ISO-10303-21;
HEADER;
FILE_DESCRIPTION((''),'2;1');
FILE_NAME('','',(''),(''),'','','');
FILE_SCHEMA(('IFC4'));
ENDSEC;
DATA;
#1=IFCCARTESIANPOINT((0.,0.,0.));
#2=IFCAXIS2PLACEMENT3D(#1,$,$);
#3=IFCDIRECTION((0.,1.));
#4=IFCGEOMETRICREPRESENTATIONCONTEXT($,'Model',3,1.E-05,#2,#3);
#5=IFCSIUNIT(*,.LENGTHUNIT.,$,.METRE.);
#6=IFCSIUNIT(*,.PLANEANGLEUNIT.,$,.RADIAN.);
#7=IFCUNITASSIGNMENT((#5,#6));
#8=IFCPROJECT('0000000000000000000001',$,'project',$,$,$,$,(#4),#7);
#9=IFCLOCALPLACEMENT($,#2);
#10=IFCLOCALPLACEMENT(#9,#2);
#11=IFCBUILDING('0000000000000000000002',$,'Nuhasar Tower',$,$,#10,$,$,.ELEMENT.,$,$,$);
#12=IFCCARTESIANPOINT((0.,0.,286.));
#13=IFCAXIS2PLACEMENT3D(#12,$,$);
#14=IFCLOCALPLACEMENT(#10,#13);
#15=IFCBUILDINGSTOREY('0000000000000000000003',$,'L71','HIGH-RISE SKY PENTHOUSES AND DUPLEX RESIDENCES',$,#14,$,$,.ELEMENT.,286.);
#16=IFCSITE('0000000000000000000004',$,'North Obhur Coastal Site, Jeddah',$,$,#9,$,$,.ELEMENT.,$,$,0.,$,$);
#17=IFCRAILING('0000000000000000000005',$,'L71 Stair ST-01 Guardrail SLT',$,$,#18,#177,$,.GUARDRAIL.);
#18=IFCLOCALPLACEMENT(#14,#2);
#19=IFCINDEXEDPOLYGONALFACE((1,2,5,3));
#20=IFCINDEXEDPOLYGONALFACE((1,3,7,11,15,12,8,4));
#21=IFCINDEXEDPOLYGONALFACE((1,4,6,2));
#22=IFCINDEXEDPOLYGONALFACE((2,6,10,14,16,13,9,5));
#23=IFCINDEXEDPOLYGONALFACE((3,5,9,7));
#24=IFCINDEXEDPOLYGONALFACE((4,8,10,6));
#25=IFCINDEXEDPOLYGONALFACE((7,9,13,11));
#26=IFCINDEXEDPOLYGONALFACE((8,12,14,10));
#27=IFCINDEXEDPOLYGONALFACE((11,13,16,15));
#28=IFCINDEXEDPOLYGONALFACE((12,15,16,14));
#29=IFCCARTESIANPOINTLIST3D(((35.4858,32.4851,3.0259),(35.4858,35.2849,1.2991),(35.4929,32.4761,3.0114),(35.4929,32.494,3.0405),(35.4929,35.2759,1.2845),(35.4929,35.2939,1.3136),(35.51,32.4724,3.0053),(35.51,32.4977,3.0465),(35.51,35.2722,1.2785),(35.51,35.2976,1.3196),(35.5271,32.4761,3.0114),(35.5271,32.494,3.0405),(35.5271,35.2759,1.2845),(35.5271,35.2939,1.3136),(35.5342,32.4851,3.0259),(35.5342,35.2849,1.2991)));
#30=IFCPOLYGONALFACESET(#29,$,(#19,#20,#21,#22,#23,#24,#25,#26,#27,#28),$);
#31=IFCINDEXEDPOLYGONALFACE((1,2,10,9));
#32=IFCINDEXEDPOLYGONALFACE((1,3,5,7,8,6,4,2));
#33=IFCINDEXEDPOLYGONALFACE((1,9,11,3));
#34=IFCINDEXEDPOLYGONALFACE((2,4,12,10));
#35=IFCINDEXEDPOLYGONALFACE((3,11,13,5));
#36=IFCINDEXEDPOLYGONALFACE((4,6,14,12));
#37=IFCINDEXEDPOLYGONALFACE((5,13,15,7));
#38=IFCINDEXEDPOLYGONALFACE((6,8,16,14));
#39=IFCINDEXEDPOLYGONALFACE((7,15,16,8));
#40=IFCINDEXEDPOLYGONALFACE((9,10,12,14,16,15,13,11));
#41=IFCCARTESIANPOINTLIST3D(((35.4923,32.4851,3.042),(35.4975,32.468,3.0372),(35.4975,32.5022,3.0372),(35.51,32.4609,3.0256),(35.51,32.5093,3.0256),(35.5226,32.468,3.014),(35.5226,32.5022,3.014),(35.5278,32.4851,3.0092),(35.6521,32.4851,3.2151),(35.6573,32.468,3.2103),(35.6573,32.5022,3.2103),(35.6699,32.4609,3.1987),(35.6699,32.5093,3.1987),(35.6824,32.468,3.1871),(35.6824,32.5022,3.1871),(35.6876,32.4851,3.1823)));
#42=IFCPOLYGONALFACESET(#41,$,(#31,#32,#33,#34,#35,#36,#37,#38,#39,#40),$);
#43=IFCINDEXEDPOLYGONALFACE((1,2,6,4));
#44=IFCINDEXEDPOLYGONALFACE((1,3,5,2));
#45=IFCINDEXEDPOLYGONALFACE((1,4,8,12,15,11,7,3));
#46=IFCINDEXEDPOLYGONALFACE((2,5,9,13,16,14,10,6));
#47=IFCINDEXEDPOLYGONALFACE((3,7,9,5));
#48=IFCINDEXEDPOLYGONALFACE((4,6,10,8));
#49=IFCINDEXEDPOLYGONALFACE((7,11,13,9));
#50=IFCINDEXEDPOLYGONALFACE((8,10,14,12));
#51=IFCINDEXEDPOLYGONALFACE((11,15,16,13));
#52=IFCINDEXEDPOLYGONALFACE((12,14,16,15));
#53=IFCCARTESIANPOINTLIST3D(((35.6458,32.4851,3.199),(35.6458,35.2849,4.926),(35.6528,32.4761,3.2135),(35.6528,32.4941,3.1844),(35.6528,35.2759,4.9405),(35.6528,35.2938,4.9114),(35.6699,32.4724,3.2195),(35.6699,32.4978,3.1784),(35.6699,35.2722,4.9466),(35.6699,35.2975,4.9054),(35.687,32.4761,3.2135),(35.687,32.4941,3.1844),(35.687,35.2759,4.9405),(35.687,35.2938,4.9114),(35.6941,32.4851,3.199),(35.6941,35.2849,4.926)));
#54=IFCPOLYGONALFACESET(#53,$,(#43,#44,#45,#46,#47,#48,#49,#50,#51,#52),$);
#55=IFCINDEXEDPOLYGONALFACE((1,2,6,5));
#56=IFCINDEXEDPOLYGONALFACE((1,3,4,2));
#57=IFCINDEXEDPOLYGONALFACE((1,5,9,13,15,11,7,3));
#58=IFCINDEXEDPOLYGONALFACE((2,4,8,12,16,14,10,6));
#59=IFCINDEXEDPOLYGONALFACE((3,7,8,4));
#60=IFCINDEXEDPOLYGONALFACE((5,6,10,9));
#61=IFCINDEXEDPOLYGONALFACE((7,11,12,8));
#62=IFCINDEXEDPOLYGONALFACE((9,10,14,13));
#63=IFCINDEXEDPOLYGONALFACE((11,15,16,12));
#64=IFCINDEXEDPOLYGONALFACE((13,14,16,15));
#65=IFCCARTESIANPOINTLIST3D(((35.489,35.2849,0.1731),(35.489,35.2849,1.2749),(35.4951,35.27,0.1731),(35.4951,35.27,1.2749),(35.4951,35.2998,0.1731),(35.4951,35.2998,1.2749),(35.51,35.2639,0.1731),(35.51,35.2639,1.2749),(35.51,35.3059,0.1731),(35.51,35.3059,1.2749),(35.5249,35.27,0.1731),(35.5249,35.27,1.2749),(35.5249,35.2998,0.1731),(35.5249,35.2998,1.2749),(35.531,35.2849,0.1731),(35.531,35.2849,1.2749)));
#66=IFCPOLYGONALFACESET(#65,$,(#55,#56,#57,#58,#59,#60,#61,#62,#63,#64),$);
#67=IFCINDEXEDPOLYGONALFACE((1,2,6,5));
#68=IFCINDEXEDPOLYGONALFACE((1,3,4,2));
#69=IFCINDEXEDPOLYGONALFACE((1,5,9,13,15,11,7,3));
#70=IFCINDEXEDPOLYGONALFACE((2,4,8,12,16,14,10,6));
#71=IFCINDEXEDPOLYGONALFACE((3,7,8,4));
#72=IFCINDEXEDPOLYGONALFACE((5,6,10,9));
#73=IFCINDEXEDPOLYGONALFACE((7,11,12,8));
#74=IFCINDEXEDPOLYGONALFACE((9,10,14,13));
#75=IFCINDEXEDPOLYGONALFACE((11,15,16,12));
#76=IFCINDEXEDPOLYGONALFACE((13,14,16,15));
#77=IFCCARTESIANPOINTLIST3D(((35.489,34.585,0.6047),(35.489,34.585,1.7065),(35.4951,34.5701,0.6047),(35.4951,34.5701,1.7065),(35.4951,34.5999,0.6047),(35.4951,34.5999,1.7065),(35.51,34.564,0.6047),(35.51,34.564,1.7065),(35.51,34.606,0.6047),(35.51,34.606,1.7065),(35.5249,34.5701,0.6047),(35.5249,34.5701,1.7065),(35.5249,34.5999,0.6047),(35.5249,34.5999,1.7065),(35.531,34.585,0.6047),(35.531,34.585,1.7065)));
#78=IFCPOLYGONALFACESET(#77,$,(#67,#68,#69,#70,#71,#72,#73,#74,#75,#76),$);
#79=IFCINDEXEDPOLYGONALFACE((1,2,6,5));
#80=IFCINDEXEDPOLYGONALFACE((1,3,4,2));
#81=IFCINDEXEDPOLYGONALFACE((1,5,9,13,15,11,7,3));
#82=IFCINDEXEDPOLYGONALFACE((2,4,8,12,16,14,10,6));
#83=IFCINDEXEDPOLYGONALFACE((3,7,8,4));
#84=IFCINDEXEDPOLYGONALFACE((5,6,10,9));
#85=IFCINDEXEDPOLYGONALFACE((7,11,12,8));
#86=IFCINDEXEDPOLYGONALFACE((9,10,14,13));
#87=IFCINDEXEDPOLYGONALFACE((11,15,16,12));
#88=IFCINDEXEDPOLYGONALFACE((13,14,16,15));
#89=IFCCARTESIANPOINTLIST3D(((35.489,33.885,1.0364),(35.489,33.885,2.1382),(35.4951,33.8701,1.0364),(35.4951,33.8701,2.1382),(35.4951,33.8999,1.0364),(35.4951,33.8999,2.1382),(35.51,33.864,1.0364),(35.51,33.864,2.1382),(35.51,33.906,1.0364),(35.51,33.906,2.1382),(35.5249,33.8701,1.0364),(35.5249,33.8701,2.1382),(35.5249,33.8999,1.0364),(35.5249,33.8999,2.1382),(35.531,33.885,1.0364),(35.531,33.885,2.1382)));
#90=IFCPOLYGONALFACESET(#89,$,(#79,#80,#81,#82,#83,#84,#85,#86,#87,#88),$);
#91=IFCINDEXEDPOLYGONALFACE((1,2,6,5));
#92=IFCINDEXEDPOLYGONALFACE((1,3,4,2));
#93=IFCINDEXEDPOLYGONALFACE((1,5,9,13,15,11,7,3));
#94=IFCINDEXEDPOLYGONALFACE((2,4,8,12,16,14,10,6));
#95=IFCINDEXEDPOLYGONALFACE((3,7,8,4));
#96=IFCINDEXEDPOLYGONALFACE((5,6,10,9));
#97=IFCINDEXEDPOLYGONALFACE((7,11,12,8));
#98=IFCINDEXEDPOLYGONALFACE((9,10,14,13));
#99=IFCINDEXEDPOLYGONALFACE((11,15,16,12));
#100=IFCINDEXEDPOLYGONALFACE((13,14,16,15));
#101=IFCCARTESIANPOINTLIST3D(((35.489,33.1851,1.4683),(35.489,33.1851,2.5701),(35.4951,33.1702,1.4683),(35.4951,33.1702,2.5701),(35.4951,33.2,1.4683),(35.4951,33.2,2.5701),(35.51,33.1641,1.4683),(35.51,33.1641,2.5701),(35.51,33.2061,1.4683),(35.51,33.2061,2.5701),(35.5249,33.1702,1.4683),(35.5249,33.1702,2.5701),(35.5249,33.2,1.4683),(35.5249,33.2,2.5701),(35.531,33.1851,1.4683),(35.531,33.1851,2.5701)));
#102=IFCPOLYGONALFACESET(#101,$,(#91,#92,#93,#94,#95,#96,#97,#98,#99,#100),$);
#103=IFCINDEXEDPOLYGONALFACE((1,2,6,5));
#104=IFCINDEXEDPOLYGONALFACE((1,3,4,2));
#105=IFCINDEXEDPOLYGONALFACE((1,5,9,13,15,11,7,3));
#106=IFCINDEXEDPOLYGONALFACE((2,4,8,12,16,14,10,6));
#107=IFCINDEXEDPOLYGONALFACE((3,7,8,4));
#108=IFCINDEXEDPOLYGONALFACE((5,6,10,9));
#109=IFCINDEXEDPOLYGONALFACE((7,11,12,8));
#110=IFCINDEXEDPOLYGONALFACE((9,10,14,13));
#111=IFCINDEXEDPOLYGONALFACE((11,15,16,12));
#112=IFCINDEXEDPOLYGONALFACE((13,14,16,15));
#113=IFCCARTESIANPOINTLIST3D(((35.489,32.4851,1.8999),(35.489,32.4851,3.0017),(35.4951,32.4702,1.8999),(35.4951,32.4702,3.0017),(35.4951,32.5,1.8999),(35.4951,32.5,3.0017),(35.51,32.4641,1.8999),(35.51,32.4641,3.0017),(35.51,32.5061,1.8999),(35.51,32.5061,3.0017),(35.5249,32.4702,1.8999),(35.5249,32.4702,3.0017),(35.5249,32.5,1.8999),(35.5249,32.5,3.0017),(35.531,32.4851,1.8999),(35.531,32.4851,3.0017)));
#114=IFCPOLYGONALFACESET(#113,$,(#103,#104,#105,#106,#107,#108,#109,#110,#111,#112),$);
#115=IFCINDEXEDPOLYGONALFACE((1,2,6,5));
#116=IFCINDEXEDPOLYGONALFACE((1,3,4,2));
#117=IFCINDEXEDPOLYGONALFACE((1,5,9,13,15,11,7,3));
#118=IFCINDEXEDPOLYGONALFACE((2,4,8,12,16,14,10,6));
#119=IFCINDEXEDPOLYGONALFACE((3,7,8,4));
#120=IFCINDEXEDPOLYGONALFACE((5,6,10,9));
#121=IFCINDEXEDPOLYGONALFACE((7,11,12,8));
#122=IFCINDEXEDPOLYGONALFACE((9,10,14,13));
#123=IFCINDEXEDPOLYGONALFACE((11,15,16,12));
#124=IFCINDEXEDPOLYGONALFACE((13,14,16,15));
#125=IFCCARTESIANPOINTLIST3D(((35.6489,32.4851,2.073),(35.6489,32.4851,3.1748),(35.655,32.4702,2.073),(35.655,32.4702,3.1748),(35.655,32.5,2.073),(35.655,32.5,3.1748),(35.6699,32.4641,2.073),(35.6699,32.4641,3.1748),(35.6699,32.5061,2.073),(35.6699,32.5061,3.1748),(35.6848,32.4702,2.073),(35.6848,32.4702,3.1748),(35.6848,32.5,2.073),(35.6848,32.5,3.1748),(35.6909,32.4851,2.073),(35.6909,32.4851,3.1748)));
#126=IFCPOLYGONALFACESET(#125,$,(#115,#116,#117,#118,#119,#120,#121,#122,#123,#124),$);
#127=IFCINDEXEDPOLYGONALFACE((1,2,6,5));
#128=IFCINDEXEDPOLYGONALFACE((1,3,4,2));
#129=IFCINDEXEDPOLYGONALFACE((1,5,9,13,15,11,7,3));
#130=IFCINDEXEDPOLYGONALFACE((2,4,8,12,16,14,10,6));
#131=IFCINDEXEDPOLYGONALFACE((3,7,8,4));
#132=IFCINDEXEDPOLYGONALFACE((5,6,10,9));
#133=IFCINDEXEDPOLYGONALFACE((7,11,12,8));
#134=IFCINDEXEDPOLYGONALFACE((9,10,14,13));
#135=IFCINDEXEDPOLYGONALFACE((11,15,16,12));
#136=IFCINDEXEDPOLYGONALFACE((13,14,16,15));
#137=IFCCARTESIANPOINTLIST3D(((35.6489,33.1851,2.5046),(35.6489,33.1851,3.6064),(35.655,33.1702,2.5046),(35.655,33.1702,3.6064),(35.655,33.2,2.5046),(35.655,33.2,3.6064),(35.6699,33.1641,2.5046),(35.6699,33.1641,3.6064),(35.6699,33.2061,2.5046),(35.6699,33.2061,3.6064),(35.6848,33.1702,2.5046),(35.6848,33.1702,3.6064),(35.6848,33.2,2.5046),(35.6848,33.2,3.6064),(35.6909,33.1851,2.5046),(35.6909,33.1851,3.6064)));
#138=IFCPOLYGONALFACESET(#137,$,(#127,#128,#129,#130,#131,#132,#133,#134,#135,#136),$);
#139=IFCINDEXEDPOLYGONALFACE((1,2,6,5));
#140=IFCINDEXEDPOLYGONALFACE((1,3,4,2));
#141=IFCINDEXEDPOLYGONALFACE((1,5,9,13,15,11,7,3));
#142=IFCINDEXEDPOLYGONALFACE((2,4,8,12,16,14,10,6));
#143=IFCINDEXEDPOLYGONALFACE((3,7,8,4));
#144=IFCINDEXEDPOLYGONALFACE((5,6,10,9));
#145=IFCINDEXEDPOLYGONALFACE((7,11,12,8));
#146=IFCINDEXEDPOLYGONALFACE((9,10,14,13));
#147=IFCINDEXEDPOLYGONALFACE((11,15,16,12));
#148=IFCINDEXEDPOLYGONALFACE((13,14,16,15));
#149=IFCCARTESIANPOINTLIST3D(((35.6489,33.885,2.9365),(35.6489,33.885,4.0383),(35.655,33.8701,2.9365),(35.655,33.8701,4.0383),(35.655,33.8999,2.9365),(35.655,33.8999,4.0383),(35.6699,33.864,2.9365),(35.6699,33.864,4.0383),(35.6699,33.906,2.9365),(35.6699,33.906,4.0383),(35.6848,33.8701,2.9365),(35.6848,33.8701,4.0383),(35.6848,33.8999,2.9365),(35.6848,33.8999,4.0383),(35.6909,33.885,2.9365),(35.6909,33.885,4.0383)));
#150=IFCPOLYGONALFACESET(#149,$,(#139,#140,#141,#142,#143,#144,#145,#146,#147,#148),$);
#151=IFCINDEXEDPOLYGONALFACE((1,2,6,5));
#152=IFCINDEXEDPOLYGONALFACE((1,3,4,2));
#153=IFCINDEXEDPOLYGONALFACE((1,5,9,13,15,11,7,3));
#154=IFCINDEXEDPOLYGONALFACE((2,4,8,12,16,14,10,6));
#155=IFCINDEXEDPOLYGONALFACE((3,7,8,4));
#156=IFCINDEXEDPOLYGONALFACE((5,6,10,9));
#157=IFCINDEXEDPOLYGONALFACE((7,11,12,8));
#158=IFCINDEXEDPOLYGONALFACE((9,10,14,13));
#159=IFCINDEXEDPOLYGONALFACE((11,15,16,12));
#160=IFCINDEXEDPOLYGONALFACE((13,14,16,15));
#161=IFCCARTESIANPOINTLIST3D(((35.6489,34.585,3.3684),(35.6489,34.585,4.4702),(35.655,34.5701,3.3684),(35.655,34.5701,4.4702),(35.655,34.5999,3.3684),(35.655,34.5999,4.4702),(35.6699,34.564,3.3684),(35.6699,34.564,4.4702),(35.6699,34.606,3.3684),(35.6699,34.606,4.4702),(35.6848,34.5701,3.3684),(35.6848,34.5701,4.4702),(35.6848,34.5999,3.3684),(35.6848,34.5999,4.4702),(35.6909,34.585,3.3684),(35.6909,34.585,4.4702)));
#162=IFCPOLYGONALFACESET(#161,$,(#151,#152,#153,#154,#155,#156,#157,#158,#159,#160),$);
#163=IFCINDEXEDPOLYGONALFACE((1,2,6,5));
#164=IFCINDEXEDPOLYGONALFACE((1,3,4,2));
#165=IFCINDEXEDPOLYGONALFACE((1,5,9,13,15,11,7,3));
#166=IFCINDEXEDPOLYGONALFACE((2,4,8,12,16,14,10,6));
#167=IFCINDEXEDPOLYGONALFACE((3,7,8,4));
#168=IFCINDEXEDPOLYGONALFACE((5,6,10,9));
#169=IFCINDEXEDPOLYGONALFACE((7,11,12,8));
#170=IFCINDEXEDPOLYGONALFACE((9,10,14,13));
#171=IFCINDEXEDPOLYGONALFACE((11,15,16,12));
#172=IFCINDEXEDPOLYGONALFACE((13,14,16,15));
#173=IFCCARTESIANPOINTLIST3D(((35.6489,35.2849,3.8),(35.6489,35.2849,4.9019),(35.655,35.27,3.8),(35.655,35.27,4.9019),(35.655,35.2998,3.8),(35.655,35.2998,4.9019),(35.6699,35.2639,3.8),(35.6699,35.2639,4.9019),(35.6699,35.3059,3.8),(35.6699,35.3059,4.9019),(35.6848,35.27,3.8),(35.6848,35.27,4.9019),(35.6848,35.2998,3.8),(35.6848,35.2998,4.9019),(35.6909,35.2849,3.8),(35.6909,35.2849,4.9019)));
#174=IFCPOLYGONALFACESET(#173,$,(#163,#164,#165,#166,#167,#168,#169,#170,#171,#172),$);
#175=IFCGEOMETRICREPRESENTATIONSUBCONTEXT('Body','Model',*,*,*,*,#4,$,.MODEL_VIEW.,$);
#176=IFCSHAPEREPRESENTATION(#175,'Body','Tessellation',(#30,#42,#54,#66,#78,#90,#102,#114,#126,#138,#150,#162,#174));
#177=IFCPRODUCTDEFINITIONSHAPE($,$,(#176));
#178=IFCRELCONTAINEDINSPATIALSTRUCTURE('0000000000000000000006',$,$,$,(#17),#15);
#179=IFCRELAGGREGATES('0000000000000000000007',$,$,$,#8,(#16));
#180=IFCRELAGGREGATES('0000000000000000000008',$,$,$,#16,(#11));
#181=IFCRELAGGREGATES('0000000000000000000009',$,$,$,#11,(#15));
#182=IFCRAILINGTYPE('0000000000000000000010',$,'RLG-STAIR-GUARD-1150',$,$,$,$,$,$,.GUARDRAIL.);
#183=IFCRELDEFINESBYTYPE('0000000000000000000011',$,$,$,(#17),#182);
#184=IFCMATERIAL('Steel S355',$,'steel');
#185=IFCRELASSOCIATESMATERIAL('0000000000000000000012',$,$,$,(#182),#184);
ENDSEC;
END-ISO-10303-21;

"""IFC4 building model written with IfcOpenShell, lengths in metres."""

from ifc_helpers import new_model, si_unit, direction, frame, origin, place, context, subcontext, project, spatial, polyline, outline, extrude, material, type_object, element, save


model = new_model("IFC4")

# Units and contexts
model_context = context("Model", 3, precision=1e-05, world=origin(), true_north=direction((0.0, 1.0)))
body_context = subcontext(model_context, "Body", "Model", "MODEL_VIEW")
ifc_project = project(units=[si_unit("LENGTHUNIT", "METRE"), si_unit("PLANEANGLEUNIT", "RADIAN")], contexts=[model_context])

# Site, building, storey
site_placement = place(None, origin())
site = spatial("IfcSite", under=ifc_project, at=site_placement, Name="North Obhur Coastal Site, Jeddah", CompositionType="ELEMENT", RefElevation=0.0)
building_placement = place(site_placement, origin())
building = spatial("IfcBuilding", under=site, at=building_placement, Name="Nuhasar Tower", CompositionType="ELEMENT")
storey_placement = place(building_placement, frame((0.0, 0.0, 286.0)))
storey = spatial("IfcBuildingStorey", under=building, at=storey_placement, Name="L71", Description="HIGH-RISE SKY PENTHOUSES AND DUPLEX RESIDENCES", CompositionType="ELEMENT", Elevation=286.0)

# Shared definitions
ifc_material_1 = material(Name="Steel S355", Category="steel")

# Railing
railing_type_1 = type_object("IfcRailingType", Name="RLG-STAIR-GUARD-1150", PredefinedType="GUARDRAIL", material=ifc_material_1)
railing_1_placement = place(storey_placement, frame((35.51, 35.2849, 0.1731)))
element("IfcRailing", 1, at=railing_1_placement, inside=storey, type_object=railing_type_1, Name="L71 Stair ST-01 Guardrail SLT", PredefinedType="GUARDRAIL", context=body_context, shape_type="SweptSolid", body=[
    extrude(outline(polyline([(0.0242, 0.0), (0.0171, 0.0171), (0.0, 0.0242), (-0.0171, 0.0171), (-0.0242, 0.0), (-0.0171, -0.0171), (0.0, -0.0242), (0.0171, -0.0171), (0.0242, 0.0)])), frame((0.0, 0.0, 1.126), z_axis=(0.0, -0.851135, 0.524946), x_axis=(1.0, 0.0, 0.0)), (0.0, 0.0, 1.0), 3.2896),
    extrude(outline(polyline([(0.0242, 0.0), (0.0171, 0.0171), (0.0, 0.0242), (-0.0171, 0.0171), (-0.0242, 0.0), (-0.0171, -0.0171), (0.0, -0.0242), (0.0171, -0.0171), (0.0242, 0.0)])), frame((0.0, -2.7998, 2.8525), z_axis=(0.678581, 0.0, 0.734525), x_axis=(0.0, 1.0, 0.0)), (0.0, 0.0, 1.0), 0.2356),
    extrude(outline(polyline([(0.0242, 0.0), (0.0171, 0.0171), (0.0, 0.0242), (-0.0171, 0.0171), (-0.0242, 0.0), (-0.0171, -0.0171), (0.0, -0.0242), (0.0171, -0.0171), (0.0242, 0.0)])), frame((0.1599, -2.7998, 3.0259), z_axis=(0.0, 0.851102, 0.525), x_axis=(-1.0, 0.0, 0.0)), (0.0, 0.0, 1.0), 3.2896),
    extrude(outline(polyline([(0.021, 0.0), (0.0149, 0.0149), (0.0, 0.021), (-0.0149, 0.0149), (-0.021, 0.0), (-0.0149, -0.0149), (0.0, -0.021), (0.0149, -0.0149), (0.021, 0.0)])), origin(), (0.0, 0.0, 1.0), 1.1018),
    extrude(outline(polyline([(0.021, 0.0), (0.0149, 0.0149), (0.0, 0.021), (-0.0149, 0.0149), (-0.021, 0.0), (-0.0149, -0.0149), (0.0, -0.021), (0.0149, -0.0149), (0.021, 0.0)])), frame((0.0, -0.7, 0.4316)), (0.0, 0.0, 1.0), 1.1018),
    extrude(outline(polyline([(0.021, 0.0), (0.0149, 0.0149), (0.0, 0.021), (-0.0149, 0.0149), (-0.021, 0.0), (-0.0149, -0.0149), (0.0, -0.021), (0.0149, -0.0149), (0.021, 0.0)])), frame((0.0, -1.3999, 0.8633)), (0.0, 0.0, 1.0), 1.1018),
    extrude(outline(polyline([(0.021, 0.0), (0.0149, 0.0149), (0.0, 0.021), (-0.0149, 0.0149), (-0.021, 0.0), (-0.0149, -0.0149), (0.0, -0.021), (0.0149, -0.0149), (0.021, 0.0)])), frame((0.0, -2.0999, 1.2952)), (0.0, 0.0, 1.0), 1.1018),
    extrude(outline(polyline([(0.021, 0.0), (0.0149, 0.0149), (0.0, 0.021), (-0.0149, 0.0149), (-0.021, 0.0), (-0.0149, -0.0149), (0.0, -0.021), (0.0149, -0.0149), (0.021, 0.0)])), frame((0.0, -2.7998, 1.7268)), (0.0, 0.0, 1.0), 1.1018),
    extrude(outline(polyline([(0.021, 0.0), (0.0149, 0.0149), (0.0, 0.021), (-0.0149, 0.0149), (-0.021, 0.0), (-0.0149, -0.0149), (0.0, -0.021), (0.0149, -0.0149), (0.021, 0.0)])), frame((0.1599, -2.7998, 1.8999)), (0.0, 0.0, 1.0), 1.1018),
    extrude(outline(polyline([(0.021, 0.0), (0.0149, 0.0149), (0.0, 0.021), (-0.0149, 0.0149), (-0.021, 0.0), (-0.0149, -0.0149), (0.0, -0.021), (0.0149, -0.0149), (0.021, 0.0)])), frame((0.1599, -2.0999, 2.3315)), (0.0, 0.0, 1.0), 1.1018),
    extrude(outline(polyline([(0.021, 0.0), (0.0149, 0.0149), (0.0, 0.021), (-0.0149, 0.0149), (-0.021, 0.0), (-0.0149, -0.0149), (0.0, -0.021), (0.0149, -0.0149), (0.021, 0.0)])), frame((0.1599, -1.3999, 2.7634)), (0.0, 0.0, 1.0), 1.1018),
    extrude(outline(polyline([(0.021, 0.0), (0.0149, 0.0149), (0.0, 0.021), (-0.0149, 0.0149), (-0.021, 0.0), (-0.0149, -0.0149), (0.0, -0.021), (0.0149, -0.0149), (0.021, 0.0)])), frame((0.1599, -0.7, 3.1953)), (0.0, 0.0, 1.0), 1.1018),
    extrude(outline(polyline([(0.021, 0.0), (0.0149, 0.0149), (0.0, 0.021), (-0.0149, 0.0149), (-0.021, 0.0), (-0.0149, -0.0149), (0.0, -0.021), (0.0149, -0.0149), (0.021, 0.0)])), frame((0.1599, 0.0, 3.627)), (0.0, 0.0, 1.0), 1.1018),
])

save(model, "model.ifc")
